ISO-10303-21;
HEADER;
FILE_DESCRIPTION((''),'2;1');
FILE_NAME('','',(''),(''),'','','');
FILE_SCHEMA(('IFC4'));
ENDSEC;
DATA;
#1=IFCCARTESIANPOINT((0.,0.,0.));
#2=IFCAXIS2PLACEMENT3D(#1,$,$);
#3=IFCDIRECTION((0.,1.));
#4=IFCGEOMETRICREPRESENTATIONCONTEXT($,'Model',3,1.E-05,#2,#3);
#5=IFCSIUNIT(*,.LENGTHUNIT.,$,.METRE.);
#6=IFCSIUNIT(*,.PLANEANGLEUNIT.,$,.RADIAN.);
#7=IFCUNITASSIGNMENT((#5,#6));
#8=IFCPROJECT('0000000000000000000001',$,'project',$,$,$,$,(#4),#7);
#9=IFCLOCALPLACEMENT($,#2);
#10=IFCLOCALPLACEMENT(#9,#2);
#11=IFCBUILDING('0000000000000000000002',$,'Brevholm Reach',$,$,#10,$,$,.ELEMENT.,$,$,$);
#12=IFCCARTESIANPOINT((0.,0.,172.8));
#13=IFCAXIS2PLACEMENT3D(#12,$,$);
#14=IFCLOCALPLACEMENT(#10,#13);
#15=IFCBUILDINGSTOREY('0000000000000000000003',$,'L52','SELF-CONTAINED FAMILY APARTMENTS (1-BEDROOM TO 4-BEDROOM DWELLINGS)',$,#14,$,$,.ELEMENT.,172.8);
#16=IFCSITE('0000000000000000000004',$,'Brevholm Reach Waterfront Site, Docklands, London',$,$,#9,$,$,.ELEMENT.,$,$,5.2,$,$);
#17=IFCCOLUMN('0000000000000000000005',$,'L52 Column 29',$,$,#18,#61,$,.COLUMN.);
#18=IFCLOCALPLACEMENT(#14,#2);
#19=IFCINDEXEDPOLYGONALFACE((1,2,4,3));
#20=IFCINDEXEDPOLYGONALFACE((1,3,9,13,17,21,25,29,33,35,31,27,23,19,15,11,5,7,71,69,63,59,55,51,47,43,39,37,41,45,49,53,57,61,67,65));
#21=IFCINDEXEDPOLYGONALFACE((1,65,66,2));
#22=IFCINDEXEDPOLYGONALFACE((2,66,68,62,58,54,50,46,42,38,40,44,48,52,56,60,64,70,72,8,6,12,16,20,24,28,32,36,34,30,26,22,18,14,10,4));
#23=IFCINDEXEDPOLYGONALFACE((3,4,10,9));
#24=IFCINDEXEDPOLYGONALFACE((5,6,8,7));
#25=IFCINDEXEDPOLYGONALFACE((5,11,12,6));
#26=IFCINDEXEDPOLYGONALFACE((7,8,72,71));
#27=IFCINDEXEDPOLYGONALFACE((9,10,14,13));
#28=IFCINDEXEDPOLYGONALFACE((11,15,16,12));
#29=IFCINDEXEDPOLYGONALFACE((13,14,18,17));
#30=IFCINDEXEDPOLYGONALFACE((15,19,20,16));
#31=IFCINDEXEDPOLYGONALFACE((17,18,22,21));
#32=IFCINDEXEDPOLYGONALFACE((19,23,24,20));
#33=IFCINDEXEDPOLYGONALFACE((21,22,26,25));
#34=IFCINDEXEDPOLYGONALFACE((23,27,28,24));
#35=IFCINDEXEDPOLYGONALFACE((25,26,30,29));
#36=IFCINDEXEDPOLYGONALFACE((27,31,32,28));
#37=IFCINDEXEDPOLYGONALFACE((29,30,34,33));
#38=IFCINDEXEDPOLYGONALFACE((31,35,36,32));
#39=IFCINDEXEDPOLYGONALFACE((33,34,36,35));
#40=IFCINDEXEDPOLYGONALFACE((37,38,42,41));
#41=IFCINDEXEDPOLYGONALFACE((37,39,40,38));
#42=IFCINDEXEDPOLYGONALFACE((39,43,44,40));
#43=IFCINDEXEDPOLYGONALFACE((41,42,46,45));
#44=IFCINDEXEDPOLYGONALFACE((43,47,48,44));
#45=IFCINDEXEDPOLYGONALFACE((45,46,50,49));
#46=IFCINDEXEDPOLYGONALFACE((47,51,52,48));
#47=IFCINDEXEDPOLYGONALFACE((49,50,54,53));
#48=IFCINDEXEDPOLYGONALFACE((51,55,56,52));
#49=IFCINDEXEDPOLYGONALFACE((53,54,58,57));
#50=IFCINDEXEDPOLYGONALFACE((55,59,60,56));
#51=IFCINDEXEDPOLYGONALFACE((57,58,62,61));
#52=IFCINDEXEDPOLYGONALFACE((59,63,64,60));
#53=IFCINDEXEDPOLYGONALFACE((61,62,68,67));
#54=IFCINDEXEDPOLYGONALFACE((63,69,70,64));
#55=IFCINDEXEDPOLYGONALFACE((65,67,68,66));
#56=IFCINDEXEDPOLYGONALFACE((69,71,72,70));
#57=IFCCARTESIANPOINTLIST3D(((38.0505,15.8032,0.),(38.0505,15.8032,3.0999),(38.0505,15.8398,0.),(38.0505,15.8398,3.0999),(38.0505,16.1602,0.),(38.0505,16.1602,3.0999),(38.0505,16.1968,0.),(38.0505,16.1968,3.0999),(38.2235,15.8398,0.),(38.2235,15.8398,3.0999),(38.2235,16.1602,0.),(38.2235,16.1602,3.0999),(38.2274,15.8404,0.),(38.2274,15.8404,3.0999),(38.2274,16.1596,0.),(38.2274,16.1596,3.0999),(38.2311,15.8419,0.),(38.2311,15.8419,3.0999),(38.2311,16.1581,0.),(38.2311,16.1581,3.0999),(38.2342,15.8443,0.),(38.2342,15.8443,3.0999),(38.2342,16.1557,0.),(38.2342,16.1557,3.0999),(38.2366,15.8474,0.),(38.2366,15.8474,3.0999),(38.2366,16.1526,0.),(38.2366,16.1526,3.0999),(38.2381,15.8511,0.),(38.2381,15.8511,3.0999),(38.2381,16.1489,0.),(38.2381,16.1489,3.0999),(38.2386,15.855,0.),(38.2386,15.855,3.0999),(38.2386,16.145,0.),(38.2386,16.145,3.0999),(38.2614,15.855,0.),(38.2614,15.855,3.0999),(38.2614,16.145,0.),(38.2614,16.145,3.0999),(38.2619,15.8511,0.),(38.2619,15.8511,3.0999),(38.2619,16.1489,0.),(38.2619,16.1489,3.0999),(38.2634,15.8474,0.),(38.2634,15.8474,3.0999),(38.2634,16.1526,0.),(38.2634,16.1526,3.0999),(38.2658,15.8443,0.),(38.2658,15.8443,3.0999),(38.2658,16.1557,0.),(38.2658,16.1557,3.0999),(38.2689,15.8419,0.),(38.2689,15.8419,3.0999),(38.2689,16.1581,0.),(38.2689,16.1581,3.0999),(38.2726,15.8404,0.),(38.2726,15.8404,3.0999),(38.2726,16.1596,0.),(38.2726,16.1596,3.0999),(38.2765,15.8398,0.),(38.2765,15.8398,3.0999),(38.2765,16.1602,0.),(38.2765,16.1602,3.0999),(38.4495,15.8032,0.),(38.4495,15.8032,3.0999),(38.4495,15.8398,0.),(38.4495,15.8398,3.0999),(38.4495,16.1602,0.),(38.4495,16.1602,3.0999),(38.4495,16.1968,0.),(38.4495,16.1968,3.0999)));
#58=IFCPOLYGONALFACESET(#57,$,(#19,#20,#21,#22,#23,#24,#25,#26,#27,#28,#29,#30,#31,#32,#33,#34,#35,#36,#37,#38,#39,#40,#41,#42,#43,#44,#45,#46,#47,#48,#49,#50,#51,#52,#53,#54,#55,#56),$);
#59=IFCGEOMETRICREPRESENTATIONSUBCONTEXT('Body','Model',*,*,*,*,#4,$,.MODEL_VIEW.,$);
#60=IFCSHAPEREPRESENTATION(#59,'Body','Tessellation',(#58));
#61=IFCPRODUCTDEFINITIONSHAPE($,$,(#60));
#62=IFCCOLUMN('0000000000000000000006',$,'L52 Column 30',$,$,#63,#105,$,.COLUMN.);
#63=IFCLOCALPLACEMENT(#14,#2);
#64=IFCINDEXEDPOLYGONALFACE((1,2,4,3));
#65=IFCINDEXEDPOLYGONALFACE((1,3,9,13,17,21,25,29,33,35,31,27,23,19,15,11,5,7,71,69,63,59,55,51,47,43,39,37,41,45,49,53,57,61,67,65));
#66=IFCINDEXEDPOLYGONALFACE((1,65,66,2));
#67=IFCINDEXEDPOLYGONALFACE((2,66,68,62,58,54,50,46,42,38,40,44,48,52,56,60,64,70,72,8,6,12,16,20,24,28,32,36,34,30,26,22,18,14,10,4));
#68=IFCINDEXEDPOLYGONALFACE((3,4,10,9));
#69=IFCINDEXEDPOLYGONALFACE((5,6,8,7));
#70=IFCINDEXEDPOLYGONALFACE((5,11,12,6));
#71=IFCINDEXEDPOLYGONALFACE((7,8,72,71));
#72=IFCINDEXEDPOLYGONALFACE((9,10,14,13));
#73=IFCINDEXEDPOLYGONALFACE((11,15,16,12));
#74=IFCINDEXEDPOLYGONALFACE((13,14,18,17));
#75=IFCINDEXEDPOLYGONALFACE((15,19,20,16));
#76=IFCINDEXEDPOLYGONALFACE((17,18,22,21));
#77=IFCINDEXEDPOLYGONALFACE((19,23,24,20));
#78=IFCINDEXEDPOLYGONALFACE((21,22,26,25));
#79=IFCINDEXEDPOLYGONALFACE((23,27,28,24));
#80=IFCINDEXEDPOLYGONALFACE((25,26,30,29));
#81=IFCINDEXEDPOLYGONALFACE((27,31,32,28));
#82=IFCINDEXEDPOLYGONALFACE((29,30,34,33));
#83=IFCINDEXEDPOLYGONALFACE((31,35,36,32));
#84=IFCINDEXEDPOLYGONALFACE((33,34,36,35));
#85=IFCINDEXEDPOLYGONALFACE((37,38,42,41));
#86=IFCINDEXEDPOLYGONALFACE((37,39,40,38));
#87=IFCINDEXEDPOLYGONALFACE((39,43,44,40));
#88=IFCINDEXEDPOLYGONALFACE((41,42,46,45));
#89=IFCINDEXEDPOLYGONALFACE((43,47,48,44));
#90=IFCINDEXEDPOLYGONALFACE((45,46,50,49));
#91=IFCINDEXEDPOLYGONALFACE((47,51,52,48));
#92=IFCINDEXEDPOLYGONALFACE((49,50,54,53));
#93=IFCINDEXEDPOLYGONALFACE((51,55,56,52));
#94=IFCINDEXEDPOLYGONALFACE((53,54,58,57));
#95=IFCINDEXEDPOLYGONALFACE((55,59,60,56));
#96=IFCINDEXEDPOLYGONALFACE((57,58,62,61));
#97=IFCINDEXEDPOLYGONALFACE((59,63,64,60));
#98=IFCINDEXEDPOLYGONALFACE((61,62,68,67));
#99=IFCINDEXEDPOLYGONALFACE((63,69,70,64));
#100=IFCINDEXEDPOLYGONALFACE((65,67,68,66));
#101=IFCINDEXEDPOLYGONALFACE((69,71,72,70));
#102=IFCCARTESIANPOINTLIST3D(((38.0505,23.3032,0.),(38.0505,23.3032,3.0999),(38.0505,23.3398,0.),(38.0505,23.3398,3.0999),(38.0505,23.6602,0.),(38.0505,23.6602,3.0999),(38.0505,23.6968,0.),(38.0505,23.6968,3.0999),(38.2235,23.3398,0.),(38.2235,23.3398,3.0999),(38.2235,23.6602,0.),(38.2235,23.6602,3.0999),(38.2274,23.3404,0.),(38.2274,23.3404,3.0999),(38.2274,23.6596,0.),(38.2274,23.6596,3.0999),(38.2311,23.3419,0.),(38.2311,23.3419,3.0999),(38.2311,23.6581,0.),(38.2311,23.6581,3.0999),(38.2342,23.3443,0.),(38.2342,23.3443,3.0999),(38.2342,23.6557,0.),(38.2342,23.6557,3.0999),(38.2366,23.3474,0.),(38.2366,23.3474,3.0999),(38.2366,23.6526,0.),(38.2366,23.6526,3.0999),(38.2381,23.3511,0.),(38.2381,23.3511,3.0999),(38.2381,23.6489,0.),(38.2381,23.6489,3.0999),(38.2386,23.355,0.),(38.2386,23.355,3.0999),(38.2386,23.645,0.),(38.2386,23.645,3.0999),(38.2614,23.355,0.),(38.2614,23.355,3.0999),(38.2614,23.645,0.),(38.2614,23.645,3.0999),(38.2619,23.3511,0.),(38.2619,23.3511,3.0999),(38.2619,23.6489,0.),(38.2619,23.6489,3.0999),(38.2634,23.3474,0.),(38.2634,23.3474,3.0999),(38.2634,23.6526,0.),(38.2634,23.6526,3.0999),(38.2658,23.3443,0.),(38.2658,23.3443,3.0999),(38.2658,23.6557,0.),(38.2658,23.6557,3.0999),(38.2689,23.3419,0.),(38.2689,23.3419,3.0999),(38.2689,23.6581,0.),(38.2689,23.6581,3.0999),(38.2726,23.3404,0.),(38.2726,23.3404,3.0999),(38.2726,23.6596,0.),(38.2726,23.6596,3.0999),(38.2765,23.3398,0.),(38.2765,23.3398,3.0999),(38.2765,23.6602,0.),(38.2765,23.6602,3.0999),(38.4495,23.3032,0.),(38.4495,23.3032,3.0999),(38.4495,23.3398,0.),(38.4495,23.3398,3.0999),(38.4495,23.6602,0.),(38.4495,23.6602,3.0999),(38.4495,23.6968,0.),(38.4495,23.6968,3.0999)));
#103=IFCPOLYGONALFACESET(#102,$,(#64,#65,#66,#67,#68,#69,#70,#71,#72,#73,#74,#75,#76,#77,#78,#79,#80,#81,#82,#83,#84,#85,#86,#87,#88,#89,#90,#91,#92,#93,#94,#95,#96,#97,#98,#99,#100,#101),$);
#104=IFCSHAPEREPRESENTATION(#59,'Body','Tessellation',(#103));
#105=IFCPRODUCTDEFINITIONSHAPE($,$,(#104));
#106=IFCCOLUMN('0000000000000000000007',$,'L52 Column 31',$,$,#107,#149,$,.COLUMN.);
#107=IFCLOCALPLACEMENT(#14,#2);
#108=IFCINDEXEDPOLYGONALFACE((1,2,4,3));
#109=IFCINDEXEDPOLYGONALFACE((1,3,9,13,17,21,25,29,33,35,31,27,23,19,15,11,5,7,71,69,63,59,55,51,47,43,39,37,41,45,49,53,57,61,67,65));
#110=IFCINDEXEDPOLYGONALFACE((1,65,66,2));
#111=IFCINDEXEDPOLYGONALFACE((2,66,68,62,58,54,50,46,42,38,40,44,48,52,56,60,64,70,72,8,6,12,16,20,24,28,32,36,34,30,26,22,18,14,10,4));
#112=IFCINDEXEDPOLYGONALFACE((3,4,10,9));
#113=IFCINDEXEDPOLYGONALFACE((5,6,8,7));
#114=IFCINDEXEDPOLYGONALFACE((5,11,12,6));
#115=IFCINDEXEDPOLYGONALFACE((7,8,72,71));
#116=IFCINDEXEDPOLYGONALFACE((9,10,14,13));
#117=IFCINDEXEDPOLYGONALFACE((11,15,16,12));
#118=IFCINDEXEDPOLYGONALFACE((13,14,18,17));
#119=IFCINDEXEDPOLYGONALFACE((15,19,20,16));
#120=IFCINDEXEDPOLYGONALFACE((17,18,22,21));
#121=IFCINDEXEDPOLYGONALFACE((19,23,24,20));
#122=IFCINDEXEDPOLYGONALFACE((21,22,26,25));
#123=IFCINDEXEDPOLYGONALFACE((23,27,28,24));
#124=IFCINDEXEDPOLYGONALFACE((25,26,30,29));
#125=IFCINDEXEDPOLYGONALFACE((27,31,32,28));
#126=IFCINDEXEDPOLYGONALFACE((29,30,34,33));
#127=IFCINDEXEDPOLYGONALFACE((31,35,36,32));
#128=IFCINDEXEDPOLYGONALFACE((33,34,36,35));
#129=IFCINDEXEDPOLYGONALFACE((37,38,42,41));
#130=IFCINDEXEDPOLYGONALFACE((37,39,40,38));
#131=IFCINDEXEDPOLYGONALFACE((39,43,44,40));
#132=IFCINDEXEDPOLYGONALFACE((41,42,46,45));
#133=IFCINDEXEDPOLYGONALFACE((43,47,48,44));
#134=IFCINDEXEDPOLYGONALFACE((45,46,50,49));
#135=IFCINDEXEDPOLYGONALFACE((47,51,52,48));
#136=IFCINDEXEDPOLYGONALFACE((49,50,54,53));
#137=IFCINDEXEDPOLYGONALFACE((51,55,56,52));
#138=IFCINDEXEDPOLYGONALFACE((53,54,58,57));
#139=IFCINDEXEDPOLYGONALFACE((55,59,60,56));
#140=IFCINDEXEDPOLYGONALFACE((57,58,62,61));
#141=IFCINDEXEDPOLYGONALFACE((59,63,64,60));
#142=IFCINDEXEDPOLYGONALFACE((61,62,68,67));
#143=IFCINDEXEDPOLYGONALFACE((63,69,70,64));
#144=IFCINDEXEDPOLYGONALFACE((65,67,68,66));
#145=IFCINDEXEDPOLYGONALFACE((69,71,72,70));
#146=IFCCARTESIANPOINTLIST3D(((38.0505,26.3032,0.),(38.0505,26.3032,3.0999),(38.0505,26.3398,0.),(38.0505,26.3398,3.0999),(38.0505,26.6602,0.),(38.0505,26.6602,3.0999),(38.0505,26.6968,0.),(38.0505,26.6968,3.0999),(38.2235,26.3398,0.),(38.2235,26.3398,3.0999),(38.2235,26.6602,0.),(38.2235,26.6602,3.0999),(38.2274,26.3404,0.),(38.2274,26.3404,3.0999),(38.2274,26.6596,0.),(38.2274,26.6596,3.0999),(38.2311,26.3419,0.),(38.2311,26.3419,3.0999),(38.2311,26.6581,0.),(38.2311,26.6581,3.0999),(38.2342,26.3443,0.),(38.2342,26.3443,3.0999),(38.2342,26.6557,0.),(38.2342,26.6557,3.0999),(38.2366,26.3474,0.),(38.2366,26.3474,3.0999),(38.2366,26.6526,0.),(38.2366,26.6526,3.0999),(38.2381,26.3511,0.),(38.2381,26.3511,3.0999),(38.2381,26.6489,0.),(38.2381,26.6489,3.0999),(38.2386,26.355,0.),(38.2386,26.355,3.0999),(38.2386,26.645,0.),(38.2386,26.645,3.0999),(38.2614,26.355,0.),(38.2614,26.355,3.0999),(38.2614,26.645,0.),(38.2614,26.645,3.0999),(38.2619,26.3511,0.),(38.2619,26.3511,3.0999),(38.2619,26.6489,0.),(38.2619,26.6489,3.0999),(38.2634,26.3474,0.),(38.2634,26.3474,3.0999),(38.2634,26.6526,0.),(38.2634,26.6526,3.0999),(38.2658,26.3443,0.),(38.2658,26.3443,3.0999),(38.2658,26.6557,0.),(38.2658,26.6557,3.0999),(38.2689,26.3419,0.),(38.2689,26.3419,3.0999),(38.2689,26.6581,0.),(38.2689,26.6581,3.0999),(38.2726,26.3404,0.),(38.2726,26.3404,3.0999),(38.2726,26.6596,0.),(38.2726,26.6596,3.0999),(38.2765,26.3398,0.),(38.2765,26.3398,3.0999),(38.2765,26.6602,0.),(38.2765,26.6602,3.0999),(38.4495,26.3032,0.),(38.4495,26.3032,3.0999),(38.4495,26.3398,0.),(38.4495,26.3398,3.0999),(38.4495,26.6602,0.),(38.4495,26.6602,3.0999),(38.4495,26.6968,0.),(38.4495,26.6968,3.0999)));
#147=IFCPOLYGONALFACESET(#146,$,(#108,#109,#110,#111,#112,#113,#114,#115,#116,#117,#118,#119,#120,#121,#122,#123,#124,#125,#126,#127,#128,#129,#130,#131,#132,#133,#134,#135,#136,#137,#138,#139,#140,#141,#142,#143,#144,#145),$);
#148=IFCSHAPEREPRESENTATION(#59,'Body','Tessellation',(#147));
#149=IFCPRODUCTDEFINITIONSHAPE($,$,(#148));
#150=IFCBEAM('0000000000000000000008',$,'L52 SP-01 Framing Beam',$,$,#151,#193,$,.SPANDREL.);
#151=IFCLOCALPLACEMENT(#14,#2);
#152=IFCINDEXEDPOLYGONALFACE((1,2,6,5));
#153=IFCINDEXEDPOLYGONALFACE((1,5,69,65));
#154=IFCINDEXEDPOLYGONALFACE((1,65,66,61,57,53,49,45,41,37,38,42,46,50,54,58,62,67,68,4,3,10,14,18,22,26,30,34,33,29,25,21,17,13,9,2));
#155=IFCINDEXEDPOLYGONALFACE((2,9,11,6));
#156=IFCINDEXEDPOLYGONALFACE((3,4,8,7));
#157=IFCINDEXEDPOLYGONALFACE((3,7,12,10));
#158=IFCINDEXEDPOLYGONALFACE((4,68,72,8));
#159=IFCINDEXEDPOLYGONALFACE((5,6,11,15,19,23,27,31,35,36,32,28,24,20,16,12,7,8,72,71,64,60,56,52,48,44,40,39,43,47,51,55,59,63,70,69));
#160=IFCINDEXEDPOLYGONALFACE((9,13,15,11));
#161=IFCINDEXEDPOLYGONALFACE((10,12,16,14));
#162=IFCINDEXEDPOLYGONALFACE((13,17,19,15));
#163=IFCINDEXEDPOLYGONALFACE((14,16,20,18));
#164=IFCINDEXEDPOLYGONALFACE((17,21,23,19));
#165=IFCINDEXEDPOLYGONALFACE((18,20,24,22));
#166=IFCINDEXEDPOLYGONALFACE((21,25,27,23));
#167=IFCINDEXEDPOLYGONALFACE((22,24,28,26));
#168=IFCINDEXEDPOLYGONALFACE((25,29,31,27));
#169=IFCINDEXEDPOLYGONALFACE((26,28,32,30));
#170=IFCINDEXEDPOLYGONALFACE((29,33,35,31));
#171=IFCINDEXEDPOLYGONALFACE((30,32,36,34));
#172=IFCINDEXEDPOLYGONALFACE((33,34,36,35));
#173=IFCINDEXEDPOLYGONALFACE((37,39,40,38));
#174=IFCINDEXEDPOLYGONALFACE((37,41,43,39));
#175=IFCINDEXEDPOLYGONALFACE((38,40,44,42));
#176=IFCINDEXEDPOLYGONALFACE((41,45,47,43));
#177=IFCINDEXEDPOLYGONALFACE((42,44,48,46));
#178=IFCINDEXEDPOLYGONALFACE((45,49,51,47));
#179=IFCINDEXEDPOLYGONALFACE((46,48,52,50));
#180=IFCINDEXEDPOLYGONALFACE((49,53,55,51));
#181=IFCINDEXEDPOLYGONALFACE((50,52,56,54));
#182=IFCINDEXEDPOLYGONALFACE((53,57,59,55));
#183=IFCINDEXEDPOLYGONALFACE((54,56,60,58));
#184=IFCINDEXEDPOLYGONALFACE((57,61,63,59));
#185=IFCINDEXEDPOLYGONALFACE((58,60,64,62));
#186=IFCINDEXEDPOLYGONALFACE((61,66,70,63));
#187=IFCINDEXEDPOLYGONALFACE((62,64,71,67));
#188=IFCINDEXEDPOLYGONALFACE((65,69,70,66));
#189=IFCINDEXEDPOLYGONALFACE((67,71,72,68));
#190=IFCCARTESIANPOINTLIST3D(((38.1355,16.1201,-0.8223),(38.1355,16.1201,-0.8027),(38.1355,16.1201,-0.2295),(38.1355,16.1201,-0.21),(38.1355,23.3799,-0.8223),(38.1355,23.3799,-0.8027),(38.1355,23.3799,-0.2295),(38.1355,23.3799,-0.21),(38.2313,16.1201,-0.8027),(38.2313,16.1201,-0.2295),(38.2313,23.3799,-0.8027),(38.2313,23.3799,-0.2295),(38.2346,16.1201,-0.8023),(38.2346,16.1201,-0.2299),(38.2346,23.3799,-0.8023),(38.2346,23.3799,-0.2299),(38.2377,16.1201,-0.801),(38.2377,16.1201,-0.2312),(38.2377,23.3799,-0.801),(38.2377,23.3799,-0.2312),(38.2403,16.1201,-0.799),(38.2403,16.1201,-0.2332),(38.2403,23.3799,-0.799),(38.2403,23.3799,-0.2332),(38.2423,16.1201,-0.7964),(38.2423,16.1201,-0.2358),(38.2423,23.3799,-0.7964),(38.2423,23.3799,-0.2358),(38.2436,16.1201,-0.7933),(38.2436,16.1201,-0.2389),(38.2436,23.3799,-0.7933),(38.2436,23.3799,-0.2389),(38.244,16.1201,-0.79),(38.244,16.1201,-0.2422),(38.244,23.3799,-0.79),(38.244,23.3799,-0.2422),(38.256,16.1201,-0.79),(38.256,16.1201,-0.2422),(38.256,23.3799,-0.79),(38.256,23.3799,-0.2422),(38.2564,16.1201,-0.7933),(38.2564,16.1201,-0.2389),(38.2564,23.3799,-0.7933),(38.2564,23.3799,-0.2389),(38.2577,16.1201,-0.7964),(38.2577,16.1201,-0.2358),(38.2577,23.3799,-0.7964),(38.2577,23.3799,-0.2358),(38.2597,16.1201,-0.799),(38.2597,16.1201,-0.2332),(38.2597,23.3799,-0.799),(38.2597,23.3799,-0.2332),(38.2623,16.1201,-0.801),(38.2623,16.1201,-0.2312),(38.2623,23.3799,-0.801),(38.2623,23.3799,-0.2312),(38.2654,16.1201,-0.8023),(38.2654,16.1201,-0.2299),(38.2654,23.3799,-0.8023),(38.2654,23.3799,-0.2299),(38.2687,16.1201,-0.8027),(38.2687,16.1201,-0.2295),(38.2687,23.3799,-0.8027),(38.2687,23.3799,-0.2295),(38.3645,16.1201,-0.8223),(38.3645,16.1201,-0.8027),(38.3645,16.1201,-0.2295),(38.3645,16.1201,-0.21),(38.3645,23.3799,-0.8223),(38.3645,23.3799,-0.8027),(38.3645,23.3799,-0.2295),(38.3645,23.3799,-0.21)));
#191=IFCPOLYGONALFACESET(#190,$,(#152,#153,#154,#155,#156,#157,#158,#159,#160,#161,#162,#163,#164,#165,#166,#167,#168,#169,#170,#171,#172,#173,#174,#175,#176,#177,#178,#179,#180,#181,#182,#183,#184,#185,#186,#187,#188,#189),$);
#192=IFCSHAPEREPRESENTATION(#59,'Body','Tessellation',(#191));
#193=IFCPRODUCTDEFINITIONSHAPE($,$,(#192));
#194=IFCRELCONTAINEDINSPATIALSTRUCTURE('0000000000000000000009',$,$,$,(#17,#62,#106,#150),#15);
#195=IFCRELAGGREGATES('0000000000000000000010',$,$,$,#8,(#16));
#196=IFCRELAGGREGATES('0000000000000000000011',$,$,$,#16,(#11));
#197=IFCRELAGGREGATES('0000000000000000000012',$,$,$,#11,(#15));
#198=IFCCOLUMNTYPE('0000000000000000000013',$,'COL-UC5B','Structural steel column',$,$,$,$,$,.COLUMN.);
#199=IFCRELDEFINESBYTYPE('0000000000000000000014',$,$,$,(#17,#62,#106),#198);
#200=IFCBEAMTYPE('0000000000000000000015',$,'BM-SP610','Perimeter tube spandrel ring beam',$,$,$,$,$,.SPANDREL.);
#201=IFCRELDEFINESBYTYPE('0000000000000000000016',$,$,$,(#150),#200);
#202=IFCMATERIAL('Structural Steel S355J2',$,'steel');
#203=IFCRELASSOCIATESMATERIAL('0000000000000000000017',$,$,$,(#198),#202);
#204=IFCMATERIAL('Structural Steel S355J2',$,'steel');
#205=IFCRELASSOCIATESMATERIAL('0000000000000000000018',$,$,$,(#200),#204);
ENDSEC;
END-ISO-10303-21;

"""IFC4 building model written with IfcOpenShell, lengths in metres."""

from ifc_helpers import new_model, si_unit, direction, frame, origin, origin_2d, place, context, subcontext, project, spatial, i_section, extrude, material, material_profile, profile_set, type_object, element, save


model = new_model("IFC4")

# Units and contexts
model_context = context("Model", 3, precision=1e-05, world=origin(), true_north=direction((0.0, 1.0)))
body_context = subcontext(model_context, "Body", "Model", "MODEL_VIEW")
ifc_project = project(units=[si_unit("LENGTHUNIT", "METRE"), si_unit("PLANEANGLEUNIT", "RADIAN")], contexts=[model_context])

# Site, building, storey
site_placement = place(None, origin())
site = spatial("IfcSite", under=ifc_project, at=site_placement, Name="Brevholm Reach Waterfront Site, Docklands, London", CompositionType="ELEMENT", RefElevation=5.2)
building_placement = place(site_placement, origin())
building = spatial("IfcBuilding", under=site, at=building_placement, Name="Brevholm Reach", CompositionType="ELEMENT")
storey_placement = place(building_placement, frame((0.0, 0.0, 172.8)))
storey = spatial("IfcBuildingStorey", under=building, at=storey_placement, Name="L52", Description="SELF-CONTAINED FAMILY APARTMENTS (1-BEDROOM TO 4-BEDROOM DWELLINGS)", CompositionType="ELEMENT", Elevation=172.8)

# Columns
ifc_material_1 = material(Name="Structural Steel S355J2", Category="steel")
ifc_material_profile_1 = material_profile(ifc_material_1, i_section(OverallWidth=0.3989, OverallDepth=0.3936, WebThickness=0.0227, FlangeThickness=0.0366, FilletRadius=0.0151, at=origin_2d()), Name="UKC 356x406x287")
ifc_profile_set_1 = profile_set([ifc_material_profile_1], Name="Structural Steel S355J2")
column_type = type_object("IfcColumnType", Name="COL-UC5B", Description="Structural steel column", PredefinedType="COLUMN", material=ifc_profile_set_1)
for number, where, z_axis, x_axis, name in (
    (1, (38.25, 16.0, 0.0), (0.0, 0.0, 1.0), (1.0, 0.0, 0.0), "L52 Column 29"),
    (2, (38.25, 23.5, 0.0), (0.0, 0.0, 1.0), (1.0, 0.0, 0.0), "L52 Column 30"),
    (3, (38.25, 26.5, 0.0), (0.0, 0.0, 1.0), (1.0, 0.0, 0.0), "L52 Column 31"),
):
    element("IfcColumn", number, at=place(storey_placement, frame(where, z_axis=z_axis, x_axis=x_axis)), inside=storey, type_object=column_type, Name=name, PredefinedType="COLUMN", context=body_context, shape_type="SweptSolid", body=[
        extrude(i_section(OverallWidth=0.3989, OverallDepth=0.3936, WebThickness=0.0227, FlangeThickness=0.0366, FilletRadius=0.0151, at=origin_2d()), origin(), (0.0, 0.0, 1.0), 3.0999),
    ])

# Beam
ifc_material_2 = material(Name="Structural Steel S355J2", Category="steel")
ifc_material_profile_2 = material_profile(ifc_material_2, i_section(OverallWidth=0.229, OverallDepth=0.6123, WebThickness=0.012, FlangeThickness=0.0195, FilletRadius=0.0127, at=origin_2d()), Name="UKB 610x229x125")
ifc_profile_set_2 = profile_set([ifc_material_profile_2], Name="Structural Steel S355J2")
beam_type = type_object("IfcBeamType", Name="BM-SP610", Description="Perimeter tube spandrel ring beam", PredefinedType="SPANDREL", material=ifc_profile_set_2)
beam_1_placement = place(storey_placement, frame((38.25, 16.1201, -0.5161), z_axis=(0.0, 1.0, 0.0), x_axis=(-1.0, 0.0, 0.0)))
element("IfcBeam", 4, at=beam_1_placement, inside=storey, type_object=beam_type, Name="L52 SP-01 Framing Beam", PredefinedType="SPANDREL", context=body_context, shape_type="SweptSolid", body=[
    extrude(i_section(OverallWidth=0.229, OverallDepth=0.6123, WebThickness=0.012, FlangeThickness=0.0195, FilletRadius=0.0127, at=origin_2d()), origin(), (0.0, 0.0, 1.0), 7.2598),
])

save(model, "model.ifc")
